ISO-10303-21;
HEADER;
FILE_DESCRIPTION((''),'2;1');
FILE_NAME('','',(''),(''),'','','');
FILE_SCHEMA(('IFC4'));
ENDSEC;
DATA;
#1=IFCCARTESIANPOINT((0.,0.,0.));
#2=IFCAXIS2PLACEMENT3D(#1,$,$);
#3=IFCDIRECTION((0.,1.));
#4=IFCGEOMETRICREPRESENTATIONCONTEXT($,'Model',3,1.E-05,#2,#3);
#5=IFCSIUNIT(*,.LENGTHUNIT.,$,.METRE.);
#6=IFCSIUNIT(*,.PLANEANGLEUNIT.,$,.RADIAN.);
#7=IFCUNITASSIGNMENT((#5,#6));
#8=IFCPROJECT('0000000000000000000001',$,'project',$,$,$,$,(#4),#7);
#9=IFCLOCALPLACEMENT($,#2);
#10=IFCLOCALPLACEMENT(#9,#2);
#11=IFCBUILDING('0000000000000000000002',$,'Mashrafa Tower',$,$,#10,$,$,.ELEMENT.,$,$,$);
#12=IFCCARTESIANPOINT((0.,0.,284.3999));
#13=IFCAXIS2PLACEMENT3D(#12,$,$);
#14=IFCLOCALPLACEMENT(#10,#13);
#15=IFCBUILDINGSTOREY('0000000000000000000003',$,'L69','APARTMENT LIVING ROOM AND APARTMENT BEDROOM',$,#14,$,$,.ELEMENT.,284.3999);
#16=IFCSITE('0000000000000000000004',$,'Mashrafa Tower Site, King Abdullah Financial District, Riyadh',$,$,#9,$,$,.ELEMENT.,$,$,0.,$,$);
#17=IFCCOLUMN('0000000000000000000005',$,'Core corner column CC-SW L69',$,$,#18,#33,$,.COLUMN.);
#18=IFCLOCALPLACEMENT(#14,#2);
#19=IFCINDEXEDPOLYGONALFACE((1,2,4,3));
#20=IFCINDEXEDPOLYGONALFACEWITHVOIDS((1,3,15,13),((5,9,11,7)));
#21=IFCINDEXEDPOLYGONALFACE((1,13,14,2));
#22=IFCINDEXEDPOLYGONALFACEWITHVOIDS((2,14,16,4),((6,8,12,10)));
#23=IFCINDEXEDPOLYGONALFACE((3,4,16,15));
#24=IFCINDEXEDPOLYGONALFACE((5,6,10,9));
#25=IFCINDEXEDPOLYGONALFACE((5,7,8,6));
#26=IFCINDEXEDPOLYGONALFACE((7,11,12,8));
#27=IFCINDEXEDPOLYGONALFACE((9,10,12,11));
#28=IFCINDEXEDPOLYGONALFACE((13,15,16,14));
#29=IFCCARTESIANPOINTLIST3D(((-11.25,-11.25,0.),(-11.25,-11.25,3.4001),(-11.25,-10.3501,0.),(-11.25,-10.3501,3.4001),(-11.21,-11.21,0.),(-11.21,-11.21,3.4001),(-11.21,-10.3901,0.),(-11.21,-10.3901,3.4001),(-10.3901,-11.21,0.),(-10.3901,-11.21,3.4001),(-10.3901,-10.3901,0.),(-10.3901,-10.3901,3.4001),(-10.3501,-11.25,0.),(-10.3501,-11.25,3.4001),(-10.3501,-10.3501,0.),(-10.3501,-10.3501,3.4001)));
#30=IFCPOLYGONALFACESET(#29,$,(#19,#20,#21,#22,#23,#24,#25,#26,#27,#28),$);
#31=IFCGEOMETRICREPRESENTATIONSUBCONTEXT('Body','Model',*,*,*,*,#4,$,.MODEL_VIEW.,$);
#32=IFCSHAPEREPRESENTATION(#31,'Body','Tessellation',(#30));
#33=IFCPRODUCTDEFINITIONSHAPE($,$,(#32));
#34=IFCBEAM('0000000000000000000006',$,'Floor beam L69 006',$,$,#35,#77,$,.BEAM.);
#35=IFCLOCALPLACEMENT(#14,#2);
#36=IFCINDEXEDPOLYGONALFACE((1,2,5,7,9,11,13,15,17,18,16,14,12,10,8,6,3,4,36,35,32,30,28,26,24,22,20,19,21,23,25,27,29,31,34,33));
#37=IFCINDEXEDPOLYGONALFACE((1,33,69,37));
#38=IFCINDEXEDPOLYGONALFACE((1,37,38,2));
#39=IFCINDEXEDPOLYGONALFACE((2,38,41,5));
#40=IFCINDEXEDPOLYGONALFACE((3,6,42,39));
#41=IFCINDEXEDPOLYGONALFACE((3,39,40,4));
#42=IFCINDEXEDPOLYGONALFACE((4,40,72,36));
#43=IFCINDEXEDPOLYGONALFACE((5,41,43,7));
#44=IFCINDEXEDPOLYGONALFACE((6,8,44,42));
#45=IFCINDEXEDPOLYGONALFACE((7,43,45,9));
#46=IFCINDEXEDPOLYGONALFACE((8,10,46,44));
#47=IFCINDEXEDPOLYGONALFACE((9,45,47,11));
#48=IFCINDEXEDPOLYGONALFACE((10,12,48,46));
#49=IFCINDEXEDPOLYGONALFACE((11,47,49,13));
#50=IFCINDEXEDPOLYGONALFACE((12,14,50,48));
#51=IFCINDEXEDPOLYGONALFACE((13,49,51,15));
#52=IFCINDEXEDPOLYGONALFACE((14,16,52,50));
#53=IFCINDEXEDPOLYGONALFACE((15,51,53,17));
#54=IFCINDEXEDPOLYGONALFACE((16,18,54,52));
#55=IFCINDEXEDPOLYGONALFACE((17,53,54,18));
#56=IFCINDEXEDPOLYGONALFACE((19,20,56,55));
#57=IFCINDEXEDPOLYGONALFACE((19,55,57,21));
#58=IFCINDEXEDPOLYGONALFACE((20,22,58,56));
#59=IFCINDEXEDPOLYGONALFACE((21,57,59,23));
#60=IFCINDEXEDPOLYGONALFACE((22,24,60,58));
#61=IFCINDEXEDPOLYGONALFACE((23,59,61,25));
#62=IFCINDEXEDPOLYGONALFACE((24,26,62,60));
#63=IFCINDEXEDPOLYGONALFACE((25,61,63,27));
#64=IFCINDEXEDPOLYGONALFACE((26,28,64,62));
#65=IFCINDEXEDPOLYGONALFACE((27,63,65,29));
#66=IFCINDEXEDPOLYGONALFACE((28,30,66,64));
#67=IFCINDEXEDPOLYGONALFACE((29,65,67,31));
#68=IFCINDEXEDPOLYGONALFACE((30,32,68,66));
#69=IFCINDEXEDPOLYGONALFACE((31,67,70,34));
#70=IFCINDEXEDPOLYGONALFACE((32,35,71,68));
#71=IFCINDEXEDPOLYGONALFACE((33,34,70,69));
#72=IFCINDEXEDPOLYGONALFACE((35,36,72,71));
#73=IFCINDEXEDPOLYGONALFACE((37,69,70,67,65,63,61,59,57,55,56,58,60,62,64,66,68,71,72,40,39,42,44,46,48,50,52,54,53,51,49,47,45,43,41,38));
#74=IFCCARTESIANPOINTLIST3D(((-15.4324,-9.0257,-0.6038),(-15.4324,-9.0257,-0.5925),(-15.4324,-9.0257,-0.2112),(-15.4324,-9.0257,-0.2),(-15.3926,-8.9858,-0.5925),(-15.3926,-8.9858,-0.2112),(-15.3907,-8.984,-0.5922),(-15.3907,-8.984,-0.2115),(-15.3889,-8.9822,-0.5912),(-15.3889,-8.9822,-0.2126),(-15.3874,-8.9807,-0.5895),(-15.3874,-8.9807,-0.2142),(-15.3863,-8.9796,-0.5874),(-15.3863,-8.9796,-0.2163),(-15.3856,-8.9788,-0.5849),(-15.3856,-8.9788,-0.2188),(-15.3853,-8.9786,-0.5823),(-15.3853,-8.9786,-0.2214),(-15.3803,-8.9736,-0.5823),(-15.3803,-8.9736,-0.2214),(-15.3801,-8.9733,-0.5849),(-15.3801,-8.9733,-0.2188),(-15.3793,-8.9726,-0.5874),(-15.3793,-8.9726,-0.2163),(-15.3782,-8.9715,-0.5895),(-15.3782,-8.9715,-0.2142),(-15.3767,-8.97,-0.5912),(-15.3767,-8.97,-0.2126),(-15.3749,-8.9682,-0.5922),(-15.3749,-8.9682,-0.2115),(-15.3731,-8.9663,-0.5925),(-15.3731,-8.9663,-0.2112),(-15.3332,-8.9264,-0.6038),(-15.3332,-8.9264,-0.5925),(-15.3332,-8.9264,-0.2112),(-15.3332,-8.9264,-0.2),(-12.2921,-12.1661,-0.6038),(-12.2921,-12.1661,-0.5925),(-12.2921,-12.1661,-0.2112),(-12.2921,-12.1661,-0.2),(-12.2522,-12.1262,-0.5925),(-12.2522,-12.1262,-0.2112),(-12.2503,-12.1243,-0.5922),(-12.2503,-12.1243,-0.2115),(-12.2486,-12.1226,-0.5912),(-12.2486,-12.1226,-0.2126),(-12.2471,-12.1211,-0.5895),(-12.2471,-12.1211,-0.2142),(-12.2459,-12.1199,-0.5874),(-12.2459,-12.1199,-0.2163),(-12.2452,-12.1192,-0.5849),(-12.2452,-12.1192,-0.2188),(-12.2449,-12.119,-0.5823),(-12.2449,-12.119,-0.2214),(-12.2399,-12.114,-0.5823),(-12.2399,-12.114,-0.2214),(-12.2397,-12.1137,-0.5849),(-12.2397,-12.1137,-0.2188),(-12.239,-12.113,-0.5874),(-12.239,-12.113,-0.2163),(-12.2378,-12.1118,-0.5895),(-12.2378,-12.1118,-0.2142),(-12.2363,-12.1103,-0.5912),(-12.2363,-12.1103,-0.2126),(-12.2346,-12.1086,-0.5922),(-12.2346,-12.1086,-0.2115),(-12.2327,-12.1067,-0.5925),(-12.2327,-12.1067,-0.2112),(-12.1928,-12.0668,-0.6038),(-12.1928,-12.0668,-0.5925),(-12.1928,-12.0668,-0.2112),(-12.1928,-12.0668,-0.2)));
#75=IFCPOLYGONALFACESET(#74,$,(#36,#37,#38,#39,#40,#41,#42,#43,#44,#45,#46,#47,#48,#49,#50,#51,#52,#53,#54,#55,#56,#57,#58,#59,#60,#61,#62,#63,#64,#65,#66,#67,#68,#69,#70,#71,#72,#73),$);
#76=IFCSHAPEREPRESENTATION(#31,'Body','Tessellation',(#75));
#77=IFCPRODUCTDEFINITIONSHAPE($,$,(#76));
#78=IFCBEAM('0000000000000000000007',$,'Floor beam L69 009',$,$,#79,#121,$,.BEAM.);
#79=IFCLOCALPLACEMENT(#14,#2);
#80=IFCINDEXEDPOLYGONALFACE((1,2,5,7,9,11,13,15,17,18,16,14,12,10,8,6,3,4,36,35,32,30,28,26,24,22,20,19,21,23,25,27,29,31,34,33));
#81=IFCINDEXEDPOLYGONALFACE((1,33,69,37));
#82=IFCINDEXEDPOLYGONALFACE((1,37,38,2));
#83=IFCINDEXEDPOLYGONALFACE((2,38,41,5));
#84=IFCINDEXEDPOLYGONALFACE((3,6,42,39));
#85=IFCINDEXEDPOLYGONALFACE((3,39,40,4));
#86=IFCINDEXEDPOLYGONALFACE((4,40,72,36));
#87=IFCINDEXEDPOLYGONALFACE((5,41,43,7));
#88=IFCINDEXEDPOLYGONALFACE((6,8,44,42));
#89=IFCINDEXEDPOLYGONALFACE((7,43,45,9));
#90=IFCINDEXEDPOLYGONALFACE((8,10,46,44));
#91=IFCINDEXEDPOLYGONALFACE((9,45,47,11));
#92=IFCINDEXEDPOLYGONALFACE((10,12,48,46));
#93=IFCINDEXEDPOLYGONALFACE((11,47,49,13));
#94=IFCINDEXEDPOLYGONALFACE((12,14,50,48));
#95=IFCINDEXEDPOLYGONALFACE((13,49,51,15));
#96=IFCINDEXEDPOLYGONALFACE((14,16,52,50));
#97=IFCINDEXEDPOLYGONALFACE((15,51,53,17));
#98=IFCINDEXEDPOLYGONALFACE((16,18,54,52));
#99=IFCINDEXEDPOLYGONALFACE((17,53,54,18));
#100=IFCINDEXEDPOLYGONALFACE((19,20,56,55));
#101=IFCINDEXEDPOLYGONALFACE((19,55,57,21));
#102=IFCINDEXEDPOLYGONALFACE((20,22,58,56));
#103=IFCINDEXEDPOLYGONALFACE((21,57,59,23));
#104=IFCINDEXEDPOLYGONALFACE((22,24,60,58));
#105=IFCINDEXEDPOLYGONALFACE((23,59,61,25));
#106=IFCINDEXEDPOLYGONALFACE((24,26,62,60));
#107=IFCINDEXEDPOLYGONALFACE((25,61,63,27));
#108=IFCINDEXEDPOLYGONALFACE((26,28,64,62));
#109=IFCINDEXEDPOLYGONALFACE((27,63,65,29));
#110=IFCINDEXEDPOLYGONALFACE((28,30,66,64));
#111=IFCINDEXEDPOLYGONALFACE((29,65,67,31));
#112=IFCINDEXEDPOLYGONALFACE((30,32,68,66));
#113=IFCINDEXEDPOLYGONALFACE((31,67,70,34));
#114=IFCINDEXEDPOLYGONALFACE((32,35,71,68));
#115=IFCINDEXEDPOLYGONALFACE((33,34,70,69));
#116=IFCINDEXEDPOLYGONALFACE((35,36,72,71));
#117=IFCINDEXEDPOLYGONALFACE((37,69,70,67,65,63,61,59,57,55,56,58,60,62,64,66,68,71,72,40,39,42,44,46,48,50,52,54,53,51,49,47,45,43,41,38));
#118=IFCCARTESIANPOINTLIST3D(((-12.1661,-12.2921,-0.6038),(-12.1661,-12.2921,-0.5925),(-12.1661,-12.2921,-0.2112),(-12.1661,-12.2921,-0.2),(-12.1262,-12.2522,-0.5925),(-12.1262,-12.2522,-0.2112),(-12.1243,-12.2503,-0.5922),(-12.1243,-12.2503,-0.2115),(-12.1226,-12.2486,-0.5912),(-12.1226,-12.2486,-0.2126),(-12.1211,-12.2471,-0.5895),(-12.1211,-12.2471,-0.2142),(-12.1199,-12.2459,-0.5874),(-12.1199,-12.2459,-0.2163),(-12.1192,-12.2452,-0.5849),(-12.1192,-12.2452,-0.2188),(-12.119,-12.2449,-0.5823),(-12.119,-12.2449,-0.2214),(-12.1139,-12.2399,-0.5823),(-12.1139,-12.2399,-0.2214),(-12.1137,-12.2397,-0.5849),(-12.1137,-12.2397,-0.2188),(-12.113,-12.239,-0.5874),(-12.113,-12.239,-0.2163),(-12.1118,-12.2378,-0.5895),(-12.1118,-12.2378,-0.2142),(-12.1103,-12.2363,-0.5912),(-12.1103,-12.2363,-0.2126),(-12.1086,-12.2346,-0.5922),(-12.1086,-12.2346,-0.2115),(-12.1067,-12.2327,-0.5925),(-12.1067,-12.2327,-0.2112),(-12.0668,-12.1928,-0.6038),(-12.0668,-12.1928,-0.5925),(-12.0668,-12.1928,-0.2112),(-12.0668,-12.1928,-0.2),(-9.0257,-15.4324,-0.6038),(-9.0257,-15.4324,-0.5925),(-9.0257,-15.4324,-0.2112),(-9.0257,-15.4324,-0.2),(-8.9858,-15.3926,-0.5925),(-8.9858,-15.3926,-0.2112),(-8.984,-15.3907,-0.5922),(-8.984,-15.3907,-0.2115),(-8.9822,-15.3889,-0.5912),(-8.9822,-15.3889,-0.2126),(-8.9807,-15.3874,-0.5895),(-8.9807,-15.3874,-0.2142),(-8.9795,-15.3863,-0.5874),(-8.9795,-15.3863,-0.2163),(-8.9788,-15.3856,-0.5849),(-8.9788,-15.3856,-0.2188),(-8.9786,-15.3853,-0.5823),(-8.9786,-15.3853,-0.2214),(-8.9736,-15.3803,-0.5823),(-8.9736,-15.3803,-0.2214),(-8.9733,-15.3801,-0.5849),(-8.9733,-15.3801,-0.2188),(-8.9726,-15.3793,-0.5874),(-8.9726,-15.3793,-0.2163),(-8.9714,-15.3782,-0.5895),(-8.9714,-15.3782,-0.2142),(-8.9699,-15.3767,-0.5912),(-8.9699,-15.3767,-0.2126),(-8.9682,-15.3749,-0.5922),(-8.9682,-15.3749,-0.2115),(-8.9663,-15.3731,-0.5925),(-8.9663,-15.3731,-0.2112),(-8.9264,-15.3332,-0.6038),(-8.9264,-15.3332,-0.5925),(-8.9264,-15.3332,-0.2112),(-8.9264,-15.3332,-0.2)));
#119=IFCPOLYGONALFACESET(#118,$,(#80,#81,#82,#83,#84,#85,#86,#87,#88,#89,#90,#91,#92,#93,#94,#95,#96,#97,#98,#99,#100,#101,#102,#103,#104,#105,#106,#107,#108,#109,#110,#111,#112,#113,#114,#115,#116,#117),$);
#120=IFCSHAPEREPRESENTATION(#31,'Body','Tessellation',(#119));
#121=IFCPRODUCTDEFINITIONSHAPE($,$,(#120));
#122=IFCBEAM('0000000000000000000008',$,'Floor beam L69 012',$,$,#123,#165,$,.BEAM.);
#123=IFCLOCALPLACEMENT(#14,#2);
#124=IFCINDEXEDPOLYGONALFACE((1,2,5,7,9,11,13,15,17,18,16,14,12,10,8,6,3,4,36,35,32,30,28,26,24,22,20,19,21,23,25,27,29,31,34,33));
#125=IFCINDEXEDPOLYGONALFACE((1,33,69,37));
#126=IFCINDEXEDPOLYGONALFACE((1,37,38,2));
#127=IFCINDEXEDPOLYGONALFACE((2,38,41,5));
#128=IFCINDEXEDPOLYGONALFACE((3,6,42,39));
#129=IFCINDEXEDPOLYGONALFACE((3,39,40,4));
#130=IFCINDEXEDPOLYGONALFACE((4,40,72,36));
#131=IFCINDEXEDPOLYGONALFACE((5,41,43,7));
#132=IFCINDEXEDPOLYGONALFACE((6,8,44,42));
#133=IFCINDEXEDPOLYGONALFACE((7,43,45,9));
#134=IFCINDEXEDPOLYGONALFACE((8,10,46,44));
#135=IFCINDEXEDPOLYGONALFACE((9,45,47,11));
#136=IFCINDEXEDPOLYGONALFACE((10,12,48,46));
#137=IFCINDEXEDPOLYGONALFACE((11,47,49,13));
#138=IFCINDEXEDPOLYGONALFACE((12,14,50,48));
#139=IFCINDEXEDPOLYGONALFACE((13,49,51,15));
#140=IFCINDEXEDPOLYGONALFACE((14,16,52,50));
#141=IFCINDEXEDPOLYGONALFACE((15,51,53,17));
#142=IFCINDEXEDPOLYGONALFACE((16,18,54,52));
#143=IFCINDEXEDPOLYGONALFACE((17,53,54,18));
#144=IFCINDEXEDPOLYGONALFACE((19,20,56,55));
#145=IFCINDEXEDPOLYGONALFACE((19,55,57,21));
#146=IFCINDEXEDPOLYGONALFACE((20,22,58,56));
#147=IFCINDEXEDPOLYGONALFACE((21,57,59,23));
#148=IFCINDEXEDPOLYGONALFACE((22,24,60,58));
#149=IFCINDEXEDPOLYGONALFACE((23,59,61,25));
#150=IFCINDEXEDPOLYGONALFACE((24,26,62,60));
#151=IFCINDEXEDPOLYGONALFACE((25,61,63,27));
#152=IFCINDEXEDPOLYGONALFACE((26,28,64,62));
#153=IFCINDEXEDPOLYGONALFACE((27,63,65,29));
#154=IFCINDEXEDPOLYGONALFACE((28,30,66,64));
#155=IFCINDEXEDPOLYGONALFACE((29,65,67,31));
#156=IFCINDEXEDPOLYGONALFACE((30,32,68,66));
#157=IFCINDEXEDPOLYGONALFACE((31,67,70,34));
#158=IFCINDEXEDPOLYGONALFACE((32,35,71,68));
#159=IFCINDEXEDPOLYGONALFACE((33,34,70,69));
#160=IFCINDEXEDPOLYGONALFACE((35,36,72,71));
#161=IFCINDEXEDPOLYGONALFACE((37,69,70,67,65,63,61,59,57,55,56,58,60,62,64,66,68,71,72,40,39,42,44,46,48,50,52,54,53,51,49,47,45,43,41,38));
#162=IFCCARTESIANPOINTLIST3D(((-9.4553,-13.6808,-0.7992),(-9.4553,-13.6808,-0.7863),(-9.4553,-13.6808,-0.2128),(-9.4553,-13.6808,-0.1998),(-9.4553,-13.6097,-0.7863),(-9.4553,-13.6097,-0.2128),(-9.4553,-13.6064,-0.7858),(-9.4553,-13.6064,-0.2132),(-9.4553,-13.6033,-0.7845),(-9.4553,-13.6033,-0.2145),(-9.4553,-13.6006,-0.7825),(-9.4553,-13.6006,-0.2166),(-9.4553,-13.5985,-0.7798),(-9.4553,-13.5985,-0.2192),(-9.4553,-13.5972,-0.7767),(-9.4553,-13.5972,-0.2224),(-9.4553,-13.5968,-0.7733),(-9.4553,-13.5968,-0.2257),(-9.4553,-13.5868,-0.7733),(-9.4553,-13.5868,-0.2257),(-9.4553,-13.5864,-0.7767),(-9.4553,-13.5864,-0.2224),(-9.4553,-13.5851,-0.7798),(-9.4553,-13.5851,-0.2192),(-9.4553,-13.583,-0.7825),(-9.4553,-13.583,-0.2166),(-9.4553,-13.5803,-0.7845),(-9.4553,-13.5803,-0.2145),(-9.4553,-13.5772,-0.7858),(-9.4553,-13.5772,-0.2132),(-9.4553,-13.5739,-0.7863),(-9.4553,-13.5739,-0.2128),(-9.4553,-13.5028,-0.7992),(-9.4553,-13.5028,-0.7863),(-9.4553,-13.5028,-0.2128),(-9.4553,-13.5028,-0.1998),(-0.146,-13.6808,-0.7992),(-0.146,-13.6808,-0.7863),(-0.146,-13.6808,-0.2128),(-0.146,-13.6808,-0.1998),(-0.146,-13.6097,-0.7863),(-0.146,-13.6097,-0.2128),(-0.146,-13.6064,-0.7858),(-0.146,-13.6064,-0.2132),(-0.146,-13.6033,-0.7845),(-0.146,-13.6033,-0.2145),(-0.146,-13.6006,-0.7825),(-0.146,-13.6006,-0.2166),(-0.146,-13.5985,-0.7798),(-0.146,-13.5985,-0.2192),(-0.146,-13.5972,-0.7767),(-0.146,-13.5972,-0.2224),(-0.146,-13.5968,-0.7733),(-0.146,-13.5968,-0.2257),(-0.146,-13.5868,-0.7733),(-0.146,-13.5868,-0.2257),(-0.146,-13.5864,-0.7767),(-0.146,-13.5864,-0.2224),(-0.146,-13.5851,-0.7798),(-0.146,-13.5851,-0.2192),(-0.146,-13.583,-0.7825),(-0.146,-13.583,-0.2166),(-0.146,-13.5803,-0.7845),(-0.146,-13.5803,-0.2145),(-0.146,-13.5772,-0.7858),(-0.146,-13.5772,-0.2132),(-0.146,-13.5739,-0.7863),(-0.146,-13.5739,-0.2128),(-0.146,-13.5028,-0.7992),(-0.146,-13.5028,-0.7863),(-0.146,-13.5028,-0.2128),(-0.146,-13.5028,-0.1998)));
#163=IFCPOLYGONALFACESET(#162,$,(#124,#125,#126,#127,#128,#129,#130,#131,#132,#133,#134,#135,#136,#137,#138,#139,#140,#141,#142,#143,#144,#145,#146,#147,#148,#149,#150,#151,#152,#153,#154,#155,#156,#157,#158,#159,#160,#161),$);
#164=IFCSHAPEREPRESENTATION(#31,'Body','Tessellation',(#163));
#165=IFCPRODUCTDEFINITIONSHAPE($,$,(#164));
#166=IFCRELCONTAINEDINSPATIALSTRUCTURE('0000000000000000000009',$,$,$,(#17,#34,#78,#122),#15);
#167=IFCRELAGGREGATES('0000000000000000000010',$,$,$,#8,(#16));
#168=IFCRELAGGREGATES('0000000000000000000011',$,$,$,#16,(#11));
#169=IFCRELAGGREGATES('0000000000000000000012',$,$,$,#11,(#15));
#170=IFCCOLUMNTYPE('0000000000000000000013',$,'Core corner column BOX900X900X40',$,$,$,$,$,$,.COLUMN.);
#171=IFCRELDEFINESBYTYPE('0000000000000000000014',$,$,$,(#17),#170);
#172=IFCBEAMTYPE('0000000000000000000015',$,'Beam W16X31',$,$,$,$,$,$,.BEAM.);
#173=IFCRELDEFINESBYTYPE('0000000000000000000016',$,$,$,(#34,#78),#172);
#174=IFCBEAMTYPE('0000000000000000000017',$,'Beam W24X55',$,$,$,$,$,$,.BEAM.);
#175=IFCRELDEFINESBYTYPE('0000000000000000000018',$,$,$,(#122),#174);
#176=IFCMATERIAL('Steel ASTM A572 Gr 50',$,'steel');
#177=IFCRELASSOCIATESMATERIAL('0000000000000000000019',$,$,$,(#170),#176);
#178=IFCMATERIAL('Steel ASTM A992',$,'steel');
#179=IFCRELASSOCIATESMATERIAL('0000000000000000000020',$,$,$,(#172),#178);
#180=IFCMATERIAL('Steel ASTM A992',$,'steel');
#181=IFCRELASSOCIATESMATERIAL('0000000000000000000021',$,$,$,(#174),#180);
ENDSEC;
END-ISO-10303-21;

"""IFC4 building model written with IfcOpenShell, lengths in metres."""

from ifc_helpers import new_model, si_unit, direction, frame, origin, origin_2d, place, context, subcontext, project, spatial, hollow_rectangle, i_section, extrude, material, material_profile, profile_set, type_object, element, save


model = new_model("IFC4")

# Units and contexts
model_context = context("Model", 3, precision=1e-05, world=origin(), true_north=direction((0.0, 1.0)))
body_context = subcontext(model_context, "Body", "Model", "MODEL_VIEW")
ifc_project = project(units=[si_unit("LENGTHUNIT", "METRE"), si_unit("PLANEANGLEUNIT", "RADIAN")], contexts=[model_context])

# Site, building, storey
site_placement = place(None, origin())
site = spatial("IfcSite", under=ifc_project, at=site_placement, Name="Mashrafa Tower Site, King Abdullah Financial District, Riyadh", CompositionType="ELEMENT", RefElevation=0.0)
building_placement = place(site_placement, origin())
building = spatial("IfcBuilding", under=site, at=building_placement, Name="Mashrafa Tower", CompositionType="ELEMENT")
storey_placement = place(building_placement, frame((0.0, 0.0, 284.3999)))
storey = spatial("IfcBuildingStorey", under=building, at=storey_placement, Name="L69", Description="APARTMENT LIVING ROOM AND APARTMENT BEDROOM", CompositionType="ELEMENT", Elevation=284.3999)

# Column
ifc_material_1 = material(Name="Steel ASTM A572 Gr 50", Category="steel")
ifc_material_profile_1 = material_profile(ifc_material_1, hollow_rectangle(XDim=0.8999, YDim=0.8999, WallThickness=0.04, at=origin_2d()), Name="BOX900X900X40")
ifc_profile_set_1 = profile_set([ifc_material_profile_1], Name="Steel ASTM A572 Gr 50")
column_type = type_object("IfcColumnType", Name="Core corner column BOX900X900X40", PredefinedType="COLUMN", material=ifc_profile_set_1)
column_placement = place(storey_placement, frame((-10.8, -10.8, 0.0), z_axis=(0.0, 0.0, 1.0), x_axis=(1.0, 0.0, 0.0)))
element("IfcColumn", 1, at=column_placement, inside=storey, type_object=column_type, Name="Core corner column CC-SW L69", PredefinedType="COLUMN", context=body_context, shape_type="SweptSolid", body=[
    extrude(hollow_rectangle(XDim=0.8999, YDim=0.8999, WallThickness=0.04, at=origin_2d()), origin(), (0.0, 0.0, 1.0), 3.4001),
])

# Beams
ifc_material_2 = material(Name="Steel ASTM A992", Category="steel")
ifc_material_profile_2 = material_profile(ifc_material_2, i_section(OverallWidth=0.1404, OverallDepth=0.4038, WebThickness=0.0071, FlangeThickness=0.0112, FilletRadius=0.0103, at=origin_2d()), Name="W16X31")
ifc_profile_set_2 = profile_set([ifc_material_profile_2], Name="Steel ASTM A992")
beam_type_1 = type_object("IfcBeamType", Name="Beam W16X31", PredefinedType="BEAM", material=ifc_profile_set_2)
for number, where, z_axis, x_axis, name in (
    (2, (-12.2424, -12.1165, -0.4019), (-0.707107, 0.707107, 0.0), (-0.707107, -0.707107, 0.0), "Floor beam L69 006"),
    (3, (-8.9761, -15.3828, -0.4019), (-0.707107, 0.707107, 0.0), (-0.707107, -0.707107, 0.0), "Floor beam L69 009"),
):
    element("IfcBeam", number, at=place(storey_placement, frame(where, z_axis=z_axis, x_axis=x_axis)), inside=storey, type_object=beam_type_1, Name=name, PredefinedType="BEAM", context=body_context, shape_type="SweptSolid", body=[
        extrude(i_section(OverallWidth=0.1404, OverallDepth=0.4038, WebThickness=0.0071, FlangeThickness=0.0112, FilletRadius=0.0103, at=origin_2d()), origin(), (0.0, 0.0, 1.0), 4.4412),
    ])
ifc_material_3 = material(Name="Steel ASTM A992", Category="steel")
ifc_material_profile_3 = material_profile(ifc_material_3, i_section(OverallWidth=0.178, OverallDepth=0.5994, WebThickness=0.01, FlangeThickness=0.0129, FilletRadius=0.0129, at=origin_2d()), Name="W24X55")
ifc_profile_set_3 = profile_set([ifc_material_profile_3], Name="Steel ASTM A992")
beam_type_2 = type_object("IfcBeamType", Name="Beam W24X55", PredefinedType="BEAM", material=ifc_profile_set_3)
beam_1_placement = place(storey_placement, frame((-0.146, -13.5918, -0.4995), z_axis=(-1.0, 0.0, 0.0), x_axis=(0.0, -1.0, 0.0)))
element("IfcBeam", 4, at=beam_1_placement, inside=storey, type_object=beam_type_2, Name="Floor beam L69 012", PredefinedType="BEAM", context=body_context, shape_type="SweptSolid", body=[
    extrude(i_section(OverallWidth=0.178, OverallDepth=0.5994, WebThickness=0.01, FlangeThickness=0.0129, FilletRadius=0.0129, at=origin_2d()), origin(), (0.0, 0.0, 1.0), 9.3093),
])

save(model, "model.ifc")
